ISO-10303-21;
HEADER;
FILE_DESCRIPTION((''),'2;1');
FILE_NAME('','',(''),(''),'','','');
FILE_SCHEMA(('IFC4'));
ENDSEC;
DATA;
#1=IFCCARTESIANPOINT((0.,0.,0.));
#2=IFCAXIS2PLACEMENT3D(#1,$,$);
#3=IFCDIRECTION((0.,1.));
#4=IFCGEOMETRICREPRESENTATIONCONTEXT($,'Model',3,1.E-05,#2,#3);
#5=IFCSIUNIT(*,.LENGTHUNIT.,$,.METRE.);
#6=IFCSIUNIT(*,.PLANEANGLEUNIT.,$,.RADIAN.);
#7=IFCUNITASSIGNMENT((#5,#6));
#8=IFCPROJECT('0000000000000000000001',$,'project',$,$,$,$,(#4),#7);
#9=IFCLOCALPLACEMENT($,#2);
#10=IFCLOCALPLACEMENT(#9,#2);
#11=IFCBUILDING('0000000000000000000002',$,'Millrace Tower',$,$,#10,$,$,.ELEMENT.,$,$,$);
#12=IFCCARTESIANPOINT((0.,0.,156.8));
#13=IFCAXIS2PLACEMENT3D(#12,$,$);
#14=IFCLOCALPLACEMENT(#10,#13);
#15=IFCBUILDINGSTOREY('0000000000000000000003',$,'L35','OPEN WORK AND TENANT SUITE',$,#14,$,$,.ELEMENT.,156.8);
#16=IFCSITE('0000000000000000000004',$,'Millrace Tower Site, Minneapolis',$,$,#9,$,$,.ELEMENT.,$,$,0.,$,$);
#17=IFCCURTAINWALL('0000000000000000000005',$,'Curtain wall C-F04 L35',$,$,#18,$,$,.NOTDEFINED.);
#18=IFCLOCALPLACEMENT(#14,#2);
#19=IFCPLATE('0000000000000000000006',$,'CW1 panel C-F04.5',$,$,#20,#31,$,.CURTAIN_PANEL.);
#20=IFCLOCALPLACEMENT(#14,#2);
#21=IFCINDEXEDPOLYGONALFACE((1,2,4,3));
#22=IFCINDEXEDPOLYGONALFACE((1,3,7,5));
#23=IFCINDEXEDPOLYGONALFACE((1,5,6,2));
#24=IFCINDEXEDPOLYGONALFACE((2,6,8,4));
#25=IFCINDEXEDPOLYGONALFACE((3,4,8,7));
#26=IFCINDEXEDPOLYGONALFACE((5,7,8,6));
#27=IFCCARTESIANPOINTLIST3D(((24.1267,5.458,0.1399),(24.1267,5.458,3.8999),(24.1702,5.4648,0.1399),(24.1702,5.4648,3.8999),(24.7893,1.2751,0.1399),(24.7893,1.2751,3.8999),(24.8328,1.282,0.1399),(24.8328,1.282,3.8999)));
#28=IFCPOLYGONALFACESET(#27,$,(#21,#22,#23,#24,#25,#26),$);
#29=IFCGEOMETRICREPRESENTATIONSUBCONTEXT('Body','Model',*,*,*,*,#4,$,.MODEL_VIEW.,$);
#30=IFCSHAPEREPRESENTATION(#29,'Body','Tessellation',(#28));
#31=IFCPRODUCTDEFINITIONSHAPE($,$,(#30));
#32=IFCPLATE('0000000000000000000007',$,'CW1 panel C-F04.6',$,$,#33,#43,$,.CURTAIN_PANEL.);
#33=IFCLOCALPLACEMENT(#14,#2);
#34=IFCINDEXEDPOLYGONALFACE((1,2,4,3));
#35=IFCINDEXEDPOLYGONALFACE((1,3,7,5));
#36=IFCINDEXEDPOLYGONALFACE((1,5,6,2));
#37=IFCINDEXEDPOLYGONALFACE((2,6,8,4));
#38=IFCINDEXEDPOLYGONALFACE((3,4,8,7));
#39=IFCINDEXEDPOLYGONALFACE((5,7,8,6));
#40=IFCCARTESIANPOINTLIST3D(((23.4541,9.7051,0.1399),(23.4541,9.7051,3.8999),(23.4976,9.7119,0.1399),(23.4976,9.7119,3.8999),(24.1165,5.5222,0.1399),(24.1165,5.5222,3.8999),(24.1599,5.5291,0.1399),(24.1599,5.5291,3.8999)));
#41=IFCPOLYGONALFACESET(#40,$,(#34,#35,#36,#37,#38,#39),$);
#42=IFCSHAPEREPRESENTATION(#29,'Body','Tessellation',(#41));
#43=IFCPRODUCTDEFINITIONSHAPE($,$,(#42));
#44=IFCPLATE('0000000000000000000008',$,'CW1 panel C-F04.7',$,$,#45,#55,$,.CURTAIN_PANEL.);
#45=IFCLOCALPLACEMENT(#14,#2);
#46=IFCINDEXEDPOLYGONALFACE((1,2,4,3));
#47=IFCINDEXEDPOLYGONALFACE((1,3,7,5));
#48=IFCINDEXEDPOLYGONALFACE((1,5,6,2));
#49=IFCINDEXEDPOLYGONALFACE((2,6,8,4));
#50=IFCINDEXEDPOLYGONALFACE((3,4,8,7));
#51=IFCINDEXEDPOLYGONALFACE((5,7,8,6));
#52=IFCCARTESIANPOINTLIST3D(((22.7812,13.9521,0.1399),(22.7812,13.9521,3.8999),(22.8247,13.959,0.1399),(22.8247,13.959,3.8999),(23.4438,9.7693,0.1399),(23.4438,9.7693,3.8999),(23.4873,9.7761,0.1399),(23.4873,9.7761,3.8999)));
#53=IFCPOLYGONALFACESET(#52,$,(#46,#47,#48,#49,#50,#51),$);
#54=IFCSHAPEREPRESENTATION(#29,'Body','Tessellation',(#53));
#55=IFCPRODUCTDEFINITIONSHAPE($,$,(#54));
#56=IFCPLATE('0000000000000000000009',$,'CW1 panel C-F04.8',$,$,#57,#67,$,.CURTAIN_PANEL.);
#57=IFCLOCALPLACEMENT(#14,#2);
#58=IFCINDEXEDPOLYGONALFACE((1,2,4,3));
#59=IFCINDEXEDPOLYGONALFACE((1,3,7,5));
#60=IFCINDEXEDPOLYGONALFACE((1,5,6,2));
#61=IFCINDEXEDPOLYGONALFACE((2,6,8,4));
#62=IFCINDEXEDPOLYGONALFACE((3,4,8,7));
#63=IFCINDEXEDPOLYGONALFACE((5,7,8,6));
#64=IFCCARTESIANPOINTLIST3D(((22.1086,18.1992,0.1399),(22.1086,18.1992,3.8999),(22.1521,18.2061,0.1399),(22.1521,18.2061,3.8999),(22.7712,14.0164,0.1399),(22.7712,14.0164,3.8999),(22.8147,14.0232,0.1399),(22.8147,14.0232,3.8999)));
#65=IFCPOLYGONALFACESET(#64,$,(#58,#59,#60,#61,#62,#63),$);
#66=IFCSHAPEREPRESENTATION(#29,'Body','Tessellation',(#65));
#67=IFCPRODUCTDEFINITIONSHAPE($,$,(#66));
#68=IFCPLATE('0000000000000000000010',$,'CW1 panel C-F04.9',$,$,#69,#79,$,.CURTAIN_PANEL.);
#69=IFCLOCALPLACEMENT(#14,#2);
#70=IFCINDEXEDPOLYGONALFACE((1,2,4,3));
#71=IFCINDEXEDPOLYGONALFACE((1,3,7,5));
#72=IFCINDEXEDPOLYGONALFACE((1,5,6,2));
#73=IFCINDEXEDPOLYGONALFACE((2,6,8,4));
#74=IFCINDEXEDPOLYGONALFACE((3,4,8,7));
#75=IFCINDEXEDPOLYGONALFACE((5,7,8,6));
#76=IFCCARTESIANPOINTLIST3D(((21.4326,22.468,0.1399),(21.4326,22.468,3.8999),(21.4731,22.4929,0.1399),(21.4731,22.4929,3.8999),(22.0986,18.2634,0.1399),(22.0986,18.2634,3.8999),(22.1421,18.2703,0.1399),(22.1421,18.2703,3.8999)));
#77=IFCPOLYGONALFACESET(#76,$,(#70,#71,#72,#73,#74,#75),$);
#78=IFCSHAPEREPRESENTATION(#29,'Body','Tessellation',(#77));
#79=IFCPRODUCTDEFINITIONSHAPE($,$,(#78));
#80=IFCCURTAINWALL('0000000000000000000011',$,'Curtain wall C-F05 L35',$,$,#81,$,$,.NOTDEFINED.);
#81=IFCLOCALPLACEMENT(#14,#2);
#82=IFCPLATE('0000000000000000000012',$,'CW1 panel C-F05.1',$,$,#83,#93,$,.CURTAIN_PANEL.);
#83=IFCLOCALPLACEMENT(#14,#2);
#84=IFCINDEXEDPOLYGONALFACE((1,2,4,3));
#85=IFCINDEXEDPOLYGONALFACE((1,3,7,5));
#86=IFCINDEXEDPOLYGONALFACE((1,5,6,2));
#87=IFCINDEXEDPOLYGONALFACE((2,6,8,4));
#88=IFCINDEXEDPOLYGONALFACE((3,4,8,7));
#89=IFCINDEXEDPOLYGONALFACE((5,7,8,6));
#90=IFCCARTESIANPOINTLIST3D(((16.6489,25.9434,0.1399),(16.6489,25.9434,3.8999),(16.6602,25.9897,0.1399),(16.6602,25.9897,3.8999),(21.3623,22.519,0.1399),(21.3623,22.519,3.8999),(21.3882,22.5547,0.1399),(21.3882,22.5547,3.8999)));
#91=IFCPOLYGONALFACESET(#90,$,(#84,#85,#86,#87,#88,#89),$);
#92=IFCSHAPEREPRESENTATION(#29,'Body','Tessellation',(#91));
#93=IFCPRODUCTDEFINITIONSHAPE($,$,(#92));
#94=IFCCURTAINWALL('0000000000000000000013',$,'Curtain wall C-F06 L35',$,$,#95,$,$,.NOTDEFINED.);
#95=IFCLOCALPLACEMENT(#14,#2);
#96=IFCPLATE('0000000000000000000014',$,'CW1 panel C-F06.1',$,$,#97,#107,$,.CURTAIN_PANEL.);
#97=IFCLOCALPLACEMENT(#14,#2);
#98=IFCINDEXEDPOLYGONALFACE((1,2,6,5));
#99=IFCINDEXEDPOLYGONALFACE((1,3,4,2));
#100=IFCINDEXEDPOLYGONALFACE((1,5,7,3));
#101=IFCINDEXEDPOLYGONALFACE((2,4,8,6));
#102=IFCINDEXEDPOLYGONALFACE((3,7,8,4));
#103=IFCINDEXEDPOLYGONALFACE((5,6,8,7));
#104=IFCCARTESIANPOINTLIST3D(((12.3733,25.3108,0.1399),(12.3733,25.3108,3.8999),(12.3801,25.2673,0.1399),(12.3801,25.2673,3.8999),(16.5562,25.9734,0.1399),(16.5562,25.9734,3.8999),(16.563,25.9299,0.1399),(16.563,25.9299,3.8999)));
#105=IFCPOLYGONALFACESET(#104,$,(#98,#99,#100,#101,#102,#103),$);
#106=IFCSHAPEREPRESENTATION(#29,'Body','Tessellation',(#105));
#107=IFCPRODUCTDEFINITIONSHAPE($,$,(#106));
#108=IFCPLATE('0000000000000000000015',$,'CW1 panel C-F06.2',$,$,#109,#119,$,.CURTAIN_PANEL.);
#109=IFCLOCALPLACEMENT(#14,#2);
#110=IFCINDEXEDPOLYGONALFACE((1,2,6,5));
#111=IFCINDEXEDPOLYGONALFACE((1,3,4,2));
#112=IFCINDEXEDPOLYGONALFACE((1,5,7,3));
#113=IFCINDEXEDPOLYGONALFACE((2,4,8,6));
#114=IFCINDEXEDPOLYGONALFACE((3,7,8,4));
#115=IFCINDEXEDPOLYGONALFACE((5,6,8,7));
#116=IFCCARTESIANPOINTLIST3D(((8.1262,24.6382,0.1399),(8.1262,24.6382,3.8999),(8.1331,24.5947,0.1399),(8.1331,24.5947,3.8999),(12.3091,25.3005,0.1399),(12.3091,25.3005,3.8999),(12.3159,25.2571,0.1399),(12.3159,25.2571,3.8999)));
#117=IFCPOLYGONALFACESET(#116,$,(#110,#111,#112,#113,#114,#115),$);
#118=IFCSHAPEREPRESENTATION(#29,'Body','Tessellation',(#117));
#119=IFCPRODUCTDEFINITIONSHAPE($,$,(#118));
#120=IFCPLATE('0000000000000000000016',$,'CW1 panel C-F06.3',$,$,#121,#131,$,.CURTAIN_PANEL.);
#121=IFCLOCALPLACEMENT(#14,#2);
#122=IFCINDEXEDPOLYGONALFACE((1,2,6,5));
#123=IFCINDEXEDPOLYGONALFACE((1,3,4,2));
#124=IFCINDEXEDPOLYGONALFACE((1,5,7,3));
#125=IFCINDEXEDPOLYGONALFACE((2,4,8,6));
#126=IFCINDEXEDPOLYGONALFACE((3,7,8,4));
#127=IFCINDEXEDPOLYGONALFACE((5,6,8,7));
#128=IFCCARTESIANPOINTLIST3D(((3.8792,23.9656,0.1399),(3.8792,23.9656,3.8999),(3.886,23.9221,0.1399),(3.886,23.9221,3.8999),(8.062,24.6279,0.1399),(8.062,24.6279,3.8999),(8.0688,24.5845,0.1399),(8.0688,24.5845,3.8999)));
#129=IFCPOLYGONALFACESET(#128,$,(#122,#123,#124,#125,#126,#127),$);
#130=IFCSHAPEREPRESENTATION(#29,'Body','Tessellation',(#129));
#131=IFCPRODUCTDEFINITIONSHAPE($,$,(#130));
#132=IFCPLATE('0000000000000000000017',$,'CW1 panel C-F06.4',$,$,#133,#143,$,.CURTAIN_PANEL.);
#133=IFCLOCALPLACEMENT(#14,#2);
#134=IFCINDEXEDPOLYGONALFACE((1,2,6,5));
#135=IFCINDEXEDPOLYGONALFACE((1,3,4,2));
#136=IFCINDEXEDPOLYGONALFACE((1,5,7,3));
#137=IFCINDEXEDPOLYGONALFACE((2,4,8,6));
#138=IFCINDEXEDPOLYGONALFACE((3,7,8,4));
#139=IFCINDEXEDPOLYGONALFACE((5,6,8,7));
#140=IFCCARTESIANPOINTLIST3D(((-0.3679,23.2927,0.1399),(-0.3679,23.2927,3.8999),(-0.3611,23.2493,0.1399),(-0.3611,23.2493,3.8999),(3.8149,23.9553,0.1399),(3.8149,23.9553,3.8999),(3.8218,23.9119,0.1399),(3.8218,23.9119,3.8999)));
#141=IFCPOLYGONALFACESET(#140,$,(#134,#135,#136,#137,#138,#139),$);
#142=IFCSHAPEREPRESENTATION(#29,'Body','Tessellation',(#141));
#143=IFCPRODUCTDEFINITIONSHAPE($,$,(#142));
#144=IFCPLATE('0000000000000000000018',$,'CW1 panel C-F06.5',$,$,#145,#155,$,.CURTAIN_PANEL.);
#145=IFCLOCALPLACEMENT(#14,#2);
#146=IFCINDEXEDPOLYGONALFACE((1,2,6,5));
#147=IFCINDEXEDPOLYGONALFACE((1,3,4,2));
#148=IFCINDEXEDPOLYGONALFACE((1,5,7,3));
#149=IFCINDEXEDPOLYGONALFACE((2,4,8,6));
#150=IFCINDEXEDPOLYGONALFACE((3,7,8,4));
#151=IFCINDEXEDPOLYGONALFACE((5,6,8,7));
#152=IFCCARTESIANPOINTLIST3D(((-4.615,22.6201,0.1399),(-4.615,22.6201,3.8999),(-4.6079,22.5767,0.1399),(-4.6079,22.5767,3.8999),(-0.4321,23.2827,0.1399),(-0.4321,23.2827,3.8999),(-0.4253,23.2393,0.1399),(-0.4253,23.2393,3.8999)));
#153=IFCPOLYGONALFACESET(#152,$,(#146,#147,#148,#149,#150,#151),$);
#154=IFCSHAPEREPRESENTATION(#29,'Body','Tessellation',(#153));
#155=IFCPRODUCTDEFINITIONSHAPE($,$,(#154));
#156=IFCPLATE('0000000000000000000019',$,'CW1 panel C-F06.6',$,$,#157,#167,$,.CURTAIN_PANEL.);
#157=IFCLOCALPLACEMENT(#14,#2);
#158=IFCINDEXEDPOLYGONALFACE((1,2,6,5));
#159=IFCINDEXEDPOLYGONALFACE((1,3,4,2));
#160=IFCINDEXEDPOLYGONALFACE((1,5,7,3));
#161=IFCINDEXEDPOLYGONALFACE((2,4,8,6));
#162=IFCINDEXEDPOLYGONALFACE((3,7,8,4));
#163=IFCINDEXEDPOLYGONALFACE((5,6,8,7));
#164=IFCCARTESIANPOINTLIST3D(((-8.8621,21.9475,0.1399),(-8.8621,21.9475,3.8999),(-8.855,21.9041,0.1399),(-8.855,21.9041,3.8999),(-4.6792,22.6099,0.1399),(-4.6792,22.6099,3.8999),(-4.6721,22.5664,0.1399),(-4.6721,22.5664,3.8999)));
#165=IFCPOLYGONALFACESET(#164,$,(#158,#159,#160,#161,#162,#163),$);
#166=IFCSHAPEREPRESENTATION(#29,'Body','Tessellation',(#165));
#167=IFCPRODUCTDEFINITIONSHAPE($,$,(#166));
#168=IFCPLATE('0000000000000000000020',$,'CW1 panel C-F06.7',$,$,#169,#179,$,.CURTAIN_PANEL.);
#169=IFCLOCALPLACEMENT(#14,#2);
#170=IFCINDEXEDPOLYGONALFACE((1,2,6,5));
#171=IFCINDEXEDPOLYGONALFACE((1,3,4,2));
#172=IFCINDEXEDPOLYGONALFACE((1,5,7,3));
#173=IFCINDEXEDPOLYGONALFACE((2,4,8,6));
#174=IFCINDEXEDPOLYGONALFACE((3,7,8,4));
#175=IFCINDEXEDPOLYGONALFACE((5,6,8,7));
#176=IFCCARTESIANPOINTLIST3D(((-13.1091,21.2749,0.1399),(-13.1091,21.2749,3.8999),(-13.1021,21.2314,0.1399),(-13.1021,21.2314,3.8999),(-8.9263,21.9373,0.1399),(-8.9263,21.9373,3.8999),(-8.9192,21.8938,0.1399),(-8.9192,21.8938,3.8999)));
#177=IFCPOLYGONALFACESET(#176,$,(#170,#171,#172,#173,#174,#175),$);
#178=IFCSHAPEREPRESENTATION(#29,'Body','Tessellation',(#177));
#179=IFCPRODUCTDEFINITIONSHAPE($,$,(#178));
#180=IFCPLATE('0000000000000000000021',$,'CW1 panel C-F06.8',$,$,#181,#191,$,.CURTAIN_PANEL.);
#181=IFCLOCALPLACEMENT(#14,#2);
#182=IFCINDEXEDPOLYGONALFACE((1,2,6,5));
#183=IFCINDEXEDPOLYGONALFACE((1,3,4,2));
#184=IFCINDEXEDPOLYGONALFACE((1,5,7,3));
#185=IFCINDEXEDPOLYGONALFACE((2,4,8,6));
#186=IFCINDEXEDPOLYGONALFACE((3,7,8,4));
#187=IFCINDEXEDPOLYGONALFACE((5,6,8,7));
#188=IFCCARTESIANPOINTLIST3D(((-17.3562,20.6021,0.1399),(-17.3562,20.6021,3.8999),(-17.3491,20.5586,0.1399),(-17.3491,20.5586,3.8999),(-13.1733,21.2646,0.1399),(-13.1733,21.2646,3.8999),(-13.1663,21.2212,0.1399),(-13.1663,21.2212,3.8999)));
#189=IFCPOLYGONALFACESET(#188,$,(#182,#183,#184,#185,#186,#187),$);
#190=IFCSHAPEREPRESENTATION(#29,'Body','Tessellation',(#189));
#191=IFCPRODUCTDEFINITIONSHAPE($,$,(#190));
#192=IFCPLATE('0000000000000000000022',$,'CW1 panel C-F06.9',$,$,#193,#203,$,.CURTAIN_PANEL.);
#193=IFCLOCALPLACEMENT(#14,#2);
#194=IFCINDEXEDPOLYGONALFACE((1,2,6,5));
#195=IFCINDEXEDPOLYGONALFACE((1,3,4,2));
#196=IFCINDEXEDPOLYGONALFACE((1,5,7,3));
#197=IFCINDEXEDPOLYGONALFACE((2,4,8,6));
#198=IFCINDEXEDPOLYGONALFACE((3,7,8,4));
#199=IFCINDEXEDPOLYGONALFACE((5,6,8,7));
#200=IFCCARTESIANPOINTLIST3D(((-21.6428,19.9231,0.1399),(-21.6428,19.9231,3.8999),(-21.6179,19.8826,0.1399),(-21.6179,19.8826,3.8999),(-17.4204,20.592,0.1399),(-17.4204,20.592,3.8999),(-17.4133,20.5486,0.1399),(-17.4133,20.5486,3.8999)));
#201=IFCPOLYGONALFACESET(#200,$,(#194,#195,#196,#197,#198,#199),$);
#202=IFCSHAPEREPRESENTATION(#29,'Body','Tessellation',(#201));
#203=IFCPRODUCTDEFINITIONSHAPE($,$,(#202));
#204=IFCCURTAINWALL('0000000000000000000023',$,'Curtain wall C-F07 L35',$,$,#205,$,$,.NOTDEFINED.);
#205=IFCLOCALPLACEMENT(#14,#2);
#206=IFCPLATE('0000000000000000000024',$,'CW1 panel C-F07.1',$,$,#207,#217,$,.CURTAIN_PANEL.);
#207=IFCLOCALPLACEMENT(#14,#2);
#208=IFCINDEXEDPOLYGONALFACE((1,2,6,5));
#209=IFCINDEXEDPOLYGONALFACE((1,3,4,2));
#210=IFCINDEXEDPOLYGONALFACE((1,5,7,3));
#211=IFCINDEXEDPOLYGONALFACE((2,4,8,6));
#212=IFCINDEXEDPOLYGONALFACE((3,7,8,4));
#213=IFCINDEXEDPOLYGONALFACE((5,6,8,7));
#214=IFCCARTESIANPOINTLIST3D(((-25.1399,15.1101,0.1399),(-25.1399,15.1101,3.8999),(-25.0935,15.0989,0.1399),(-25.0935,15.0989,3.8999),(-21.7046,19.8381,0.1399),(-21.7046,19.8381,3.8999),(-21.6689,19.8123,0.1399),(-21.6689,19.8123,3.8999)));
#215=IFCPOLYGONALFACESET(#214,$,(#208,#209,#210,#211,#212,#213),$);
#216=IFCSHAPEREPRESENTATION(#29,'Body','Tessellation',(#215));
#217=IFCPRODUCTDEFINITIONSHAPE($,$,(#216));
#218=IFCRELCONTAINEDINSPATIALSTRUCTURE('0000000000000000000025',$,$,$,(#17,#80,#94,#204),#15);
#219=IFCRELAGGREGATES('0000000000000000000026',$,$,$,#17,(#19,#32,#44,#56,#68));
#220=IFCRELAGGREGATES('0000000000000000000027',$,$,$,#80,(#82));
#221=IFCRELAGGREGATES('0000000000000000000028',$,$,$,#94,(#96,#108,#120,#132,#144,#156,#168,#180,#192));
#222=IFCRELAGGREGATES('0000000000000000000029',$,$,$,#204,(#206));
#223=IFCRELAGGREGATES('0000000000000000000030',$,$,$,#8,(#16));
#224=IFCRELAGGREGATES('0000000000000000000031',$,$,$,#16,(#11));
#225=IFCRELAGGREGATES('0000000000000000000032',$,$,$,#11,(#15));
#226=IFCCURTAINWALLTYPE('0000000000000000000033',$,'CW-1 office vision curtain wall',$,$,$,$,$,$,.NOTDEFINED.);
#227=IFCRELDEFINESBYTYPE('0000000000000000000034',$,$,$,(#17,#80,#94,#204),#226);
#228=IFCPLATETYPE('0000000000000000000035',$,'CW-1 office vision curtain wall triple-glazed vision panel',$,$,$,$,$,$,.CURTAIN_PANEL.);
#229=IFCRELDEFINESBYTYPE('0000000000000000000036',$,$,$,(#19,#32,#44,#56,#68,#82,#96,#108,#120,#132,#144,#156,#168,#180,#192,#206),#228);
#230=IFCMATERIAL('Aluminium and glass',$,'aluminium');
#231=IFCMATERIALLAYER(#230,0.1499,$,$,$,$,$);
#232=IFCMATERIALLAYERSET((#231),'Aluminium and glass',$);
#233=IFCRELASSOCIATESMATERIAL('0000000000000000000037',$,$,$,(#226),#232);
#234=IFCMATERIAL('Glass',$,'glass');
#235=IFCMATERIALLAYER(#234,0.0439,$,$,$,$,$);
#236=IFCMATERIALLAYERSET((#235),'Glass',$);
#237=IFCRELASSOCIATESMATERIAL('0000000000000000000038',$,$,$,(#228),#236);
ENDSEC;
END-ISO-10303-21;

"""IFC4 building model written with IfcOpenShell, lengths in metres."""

from ifc_helpers import new_model, si_unit, direction, frame, origin, place, context, subcontext, project, spatial, polyline, outline, extrude, material, layer, layer_set, type_object, element, aggregate, save


model = new_model("IFC4")

# Units and contexts
model_context = context("Model", 3, precision=1e-05, world=origin(), true_north=direction((0.0, 1.0)))
body_context = subcontext(model_context, "Body", "Model", "MODEL_VIEW")
ifc_project = project(units=[si_unit("LENGTHUNIT", "METRE"), si_unit("PLANEANGLEUNIT", "RADIAN")], contexts=[model_context])

# Site, building, storey
site_placement = place(None, origin())
site = spatial("IfcSite", under=ifc_project, at=site_placement, Name="Millrace Tower Site, Minneapolis", CompositionType="ELEMENT", RefElevation=0.0)
building_placement = place(site_placement, origin())
building = spatial("IfcBuilding", under=site, at=building_placement, Name="Millrace Tower", CompositionType="ELEMENT")
storey_placement = place(building_placement, frame((0.0, 0.0, 156.8)))
storey = spatial("IfcBuildingStorey", under=building, at=storey_placement, Name="L35", Description="OPEN WORK AND TENANT SUITE", CompositionType="ELEMENT", Elevation=156.8)

# Curtain wall, plates
ifc_material_1 = material(Name="Aluminium and glass", Category="aluminium")
ifc_layer_1 = layer(ifc_material_1, 0.1499)
ifc_layer_set_1 = layer_set([ifc_layer_1], Name="Aluminium and glass")
curtain_wall_type = type_object("IfcCurtainWallType", Name="CW-1 office vision curtain wall", PredefinedType="NOTDEFINED", material=ifc_layer_set_1)
placement_1 = place(storey_placement, origin())
curtain_wall_1 = element("IfcCurtainWall", 1, at=placement_1, inside=storey, type_object=curtain_wall_type, Name="Curtain wall C-F04 L35", PredefinedType="NOTDEFINED")
ifc_material_2 = material(Name="Glass", Category="glass")
ifc_layer_2 = layer(ifc_material_2, 0.0439)
ifc_layer_set_2 = layer_set([ifc_layer_2], Name="Glass")
plate_type = type_object("IfcPlateType", Name="CW-1 office vision curtain wall triple-glazed vision panel", PredefinedType="CURTAIN_PANEL", material=ifc_layer_set_2)
placement_2 = place(storey_placement, frame((0.0, 0.0, 0.1399)))
plate_1 = element("IfcPlate", 2, at=placement_2, type_object=plate_type, Name="CW1 panel C-F04.5", PredefinedType="CURTAIN_PANEL", context=body_context, shape_type="SweptSolid", body=[
    extrude(outline(polyline([(24.8328, 1.282), (24.1702, 5.4648), (24.1267, 5.458), (24.7893, 1.2751), (24.8328, 1.282)])), origin(), (0.0, 0.0, 1.0), 3.76),
])
plate_2 = element("IfcPlate", 3, at=placement_2, type_object=plate_type, Name="CW1 panel C-F04.6", PredefinedType="CURTAIN_PANEL", context=body_context, shape_type="SweptSolid", body=[
    extrude(outline(polyline([(24.1599, 5.5291), (23.4976, 9.7119), (23.4541, 9.7051), (24.1165, 5.5222), (24.1599, 5.5291)])), origin(), (0.0, 0.0, 1.0), 3.76),
])
plate_3 = element("IfcPlate", 4, at=placement_2, type_object=plate_type, Name="CW1 panel C-F04.7", PredefinedType="CURTAIN_PANEL", context=body_context, shape_type="SweptSolid", body=[
    extrude(outline(polyline([(23.4873, 9.7761), (22.8247, 13.959), (22.7812, 13.9521), (23.4438, 9.7693), (23.4873, 9.7761)])), origin(), (0.0, 0.0, 1.0), 3.76),
])
plate_4 = element("IfcPlate", 5, at=placement_2, type_object=plate_type, Name="CW1 panel C-F04.8", PredefinedType="CURTAIN_PANEL", context=body_context, shape_type="SweptSolid", body=[
    extrude(outline(polyline([(22.8147, 14.0232), (22.1521, 18.2061), (22.1086, 18.1992), (22.7712, 14.0164), (22.8147, 14.0232)])), origin(), (0.0, 0.0, 1.0), 3.76),
])
plate_5 = element("IfcPlate", 6, at=placement_2, type_object=plate_type, Name="CW1 panel C-F04.9", PredefinedType="CURTAIN_PANEL", context=body_context, shape_type="SweptSolid", body=[
    extrude(outline(polyline([(22.1421, 18.2703), (21.4731, 22.4929), (21.4326, 22.468), (22.0986, 18.2634), (22.1421, 18.2703)])), origin(), (0.0, 0.0, 1.0), 3.76),
])
aggregate(curtain_wall_1, [plate_1, plate_2, plate_3, plate_4, plate_5])

# Curtain wall, plate
curtain_wall_2 = element("IfcCurtainWall", 7, at=placement_1, inside=storey, type_object=curtain_wall_type, Name="Curtain wall C-F05 L35", PredefinedType="NOTDEFINED")
plate_6 = element("IfcPlate", 8, at=placement_2, type_object=plate_type, Name="CW1 panel C-F05.1", PredefinedType="CURTAIN_PANEL", context=body_context, shape_type="SweptSolid", body=[
    extrude(outline(polyline([(21.3882, 22.5547), (16.6602, 25.9897), (16.6489, 25.9434), (21.3623, 22.519), (21.3882, 22.5547)])), origin(), (0.0, 0.0, 1.0), 3.76),
])
aggregate(curtain_wall_2, [plate_6])

# Curtain wall, plates
curtain_wall_3 = element("IfcCurtainWall", 9, at=placement_1, inside=storey, type_object=curtain_wall_type, Name="Curtain wall C-F06 L35", PredefinedType="NOTDEFINED")
plate_7 = element("IfcPlate", 10, at=placement_2, type_object=plate_type, Name="CW1 panel C-F06.1", PredefinedType="CURTAIN_PANEL", context=body_context, shape_type="SweptSolid", body=[
    extrude(outline(polyline([(16.5562, 25.9734), (12.3733, 25.3108), (12.3801, 25.2673), (16.563, 25.9299), (16.5562, 25.9734)])), origin(), (0.0, 0.0, 1.0), 3.76),
])
plate_8 = element("IfcPlate", 11, at=placement_2, type_object=plate_type, Name="CW1 panel C-F06.2", PredefinedType="CURTAIN_PANEL", context=body_context, shape_type="SweptSolid", body=[
    extrude(outline(polyline([(12.3091, 25.3005), (8.1262, 24.6382), (8.1331, 24.5947), (12.3159, 25.2571), (12.3091, 25.3005)])), origin(), (0.0, 0.0, 1.0), 3.76),
])
plate_9 = element("IfcPlate", 12, at=placement_2, type_object=plate_type, Name="CW1 panel C-F06.3", PredefinedType="CURTAIN_PANEL", context=body_context, shape_type="SweptSolid", body=[
    extrude(outline(polyline([(8.062, 24.6279), (3.8792, 23.9656), (3.886, 23.9221), (8.0688, 24.5845), (8.062, 24.6279)])), origin(), (0.0, 0.0, 1.0), 3.76),
])
plate_10 = element("IfcPlate", 13, at=placement_2, type_object=plate_type, Name="CW1 panel C-F06.4", PredefinedType="CURTAIN_PANEL", context=body_context, shape_type="SweptSolid", body=[
    extrude(outline(polyline([(3.8149, 23.9553), (-0.3679, 23.2927), (-0.3611, 23.2493), (3.8218, 23.9119), (3.8149, 23.9553)])), origin(), (0.0, 0.0, 1.0), 3.76),
])
plate_11 = element("IfcPlate", 14, at=placement_2, type_object=plate_type, Name="CW1 panel C-F06.5", PredefinedType="CURTAIN_PANEL", context=body_context, shape_type="SweptSolid", body=[
    extrude(outline(polyline([(-0.4321, 23.2827), (-4.615, 22.6201), (-4.6079, 22.5767), (-0.4253, 23.2393), (-0.4321, 23.2827)])), origin(), (0.0, 0.0, 1.0), 3.76),
])
plate_12 = element("IfcPlate", 15, at=placement_2, type_object=plate_type, Name="CW1 panel C-F06.6", PredefinedType="CURTAIN_PANEL", context=body_context, shape_type="SweptSolid", body=[
    extrude(outline(polyline([(-4.6792, 22.6099), (-8.8621, 21.9475), (-8.855, 21.9041), (-4.6721, 22.5664), (-4.6792, 22.6099)])), origin(), (0.0, 0.0, 1.0), 3.76),
])
plate_13 = element("IfcPlate", 16, at=placement_2, type_object=plate_type, Name="CW1 panel C-F06.7", PredefinedType="CURTAIN_PANEL", context=body_context, shape_type="SweptSolid", body=[
    extrude(outline(polyline([(-8.9263, 21.9373), (-13.1091, 21.2749), (-13.1021, 21.2314), (-8.9192, 21.8938), (-8.9263, 21.9373)])), origin(), (0.0, 0.0, 1.0), 3.76),
])
plate_14 = element("IfcPlate", 17, at=placement_2, type_object=plate_type, Name="CW1 panel C-F06.8", PredefinedType="CURTAIN_PANEL", context=body_context, shape_type="SweptSolid", body=[
    extrude(outline(polyline([(-13.1733, 21.2646), (-17.3562, 20.6021), (-17.3491, 20.5586), (-13.1663, 21.2212), (-13.1733, 21.2646)])), origin(), (0.0, 0.0, 1.0), 3.76),
])
plate_15 = element("IfcPlate", 18, at=placement_2, type_object=plate_type, Name="CW1 panel C-F06.9", PredefinedType="CURTAIN_PANEL", context=body_context, shape_type="SweptSolid", body=[
    extrude(outline(polyline([(-17.4204, 20.592), (-21.6428, 19.9231), (-21.6179, 19.8826), (-17.4133, 20.5486), (-17.4204, 20.592)])), origin(), (0.0, 0.0, 1.0), 3.76),
])
aggregate(curtain_wall_3, [plate_7, plate_8, plate_9, plate_10, plate_11, plate_12, plate_13, plate_14, plate_15])

# Curtain wall, plate
curtain_wall_4 = element("IfcCurtainWall", 19, at=placement_1, inside=storey, type_object=curtain_wall_type, Name="Curtain wall C-F07 L35", PredefinedType="NOTDEFINED")
plate_16 = element("IfcPlate", 20, at=placement_2, type_object=plate_type, Name="CW1 panel C-F07.1", PredefinedType="CURTAIN_PANEL", context=body_context, shape_type="SweptSolid", body=[
    extrude(outline(polyline([(-21.7046, 19.8381), (-25.1399, 15.1101), (-25.0935, 15.0989), (-21.6689, 19.8123), (-21.7046, 19.8381)])), origin(), (0.0, 0.0, 1.0), 3.76),
])
aggregate(curtain_wall_4, [plate_16])

save(model, "model.ifc")
